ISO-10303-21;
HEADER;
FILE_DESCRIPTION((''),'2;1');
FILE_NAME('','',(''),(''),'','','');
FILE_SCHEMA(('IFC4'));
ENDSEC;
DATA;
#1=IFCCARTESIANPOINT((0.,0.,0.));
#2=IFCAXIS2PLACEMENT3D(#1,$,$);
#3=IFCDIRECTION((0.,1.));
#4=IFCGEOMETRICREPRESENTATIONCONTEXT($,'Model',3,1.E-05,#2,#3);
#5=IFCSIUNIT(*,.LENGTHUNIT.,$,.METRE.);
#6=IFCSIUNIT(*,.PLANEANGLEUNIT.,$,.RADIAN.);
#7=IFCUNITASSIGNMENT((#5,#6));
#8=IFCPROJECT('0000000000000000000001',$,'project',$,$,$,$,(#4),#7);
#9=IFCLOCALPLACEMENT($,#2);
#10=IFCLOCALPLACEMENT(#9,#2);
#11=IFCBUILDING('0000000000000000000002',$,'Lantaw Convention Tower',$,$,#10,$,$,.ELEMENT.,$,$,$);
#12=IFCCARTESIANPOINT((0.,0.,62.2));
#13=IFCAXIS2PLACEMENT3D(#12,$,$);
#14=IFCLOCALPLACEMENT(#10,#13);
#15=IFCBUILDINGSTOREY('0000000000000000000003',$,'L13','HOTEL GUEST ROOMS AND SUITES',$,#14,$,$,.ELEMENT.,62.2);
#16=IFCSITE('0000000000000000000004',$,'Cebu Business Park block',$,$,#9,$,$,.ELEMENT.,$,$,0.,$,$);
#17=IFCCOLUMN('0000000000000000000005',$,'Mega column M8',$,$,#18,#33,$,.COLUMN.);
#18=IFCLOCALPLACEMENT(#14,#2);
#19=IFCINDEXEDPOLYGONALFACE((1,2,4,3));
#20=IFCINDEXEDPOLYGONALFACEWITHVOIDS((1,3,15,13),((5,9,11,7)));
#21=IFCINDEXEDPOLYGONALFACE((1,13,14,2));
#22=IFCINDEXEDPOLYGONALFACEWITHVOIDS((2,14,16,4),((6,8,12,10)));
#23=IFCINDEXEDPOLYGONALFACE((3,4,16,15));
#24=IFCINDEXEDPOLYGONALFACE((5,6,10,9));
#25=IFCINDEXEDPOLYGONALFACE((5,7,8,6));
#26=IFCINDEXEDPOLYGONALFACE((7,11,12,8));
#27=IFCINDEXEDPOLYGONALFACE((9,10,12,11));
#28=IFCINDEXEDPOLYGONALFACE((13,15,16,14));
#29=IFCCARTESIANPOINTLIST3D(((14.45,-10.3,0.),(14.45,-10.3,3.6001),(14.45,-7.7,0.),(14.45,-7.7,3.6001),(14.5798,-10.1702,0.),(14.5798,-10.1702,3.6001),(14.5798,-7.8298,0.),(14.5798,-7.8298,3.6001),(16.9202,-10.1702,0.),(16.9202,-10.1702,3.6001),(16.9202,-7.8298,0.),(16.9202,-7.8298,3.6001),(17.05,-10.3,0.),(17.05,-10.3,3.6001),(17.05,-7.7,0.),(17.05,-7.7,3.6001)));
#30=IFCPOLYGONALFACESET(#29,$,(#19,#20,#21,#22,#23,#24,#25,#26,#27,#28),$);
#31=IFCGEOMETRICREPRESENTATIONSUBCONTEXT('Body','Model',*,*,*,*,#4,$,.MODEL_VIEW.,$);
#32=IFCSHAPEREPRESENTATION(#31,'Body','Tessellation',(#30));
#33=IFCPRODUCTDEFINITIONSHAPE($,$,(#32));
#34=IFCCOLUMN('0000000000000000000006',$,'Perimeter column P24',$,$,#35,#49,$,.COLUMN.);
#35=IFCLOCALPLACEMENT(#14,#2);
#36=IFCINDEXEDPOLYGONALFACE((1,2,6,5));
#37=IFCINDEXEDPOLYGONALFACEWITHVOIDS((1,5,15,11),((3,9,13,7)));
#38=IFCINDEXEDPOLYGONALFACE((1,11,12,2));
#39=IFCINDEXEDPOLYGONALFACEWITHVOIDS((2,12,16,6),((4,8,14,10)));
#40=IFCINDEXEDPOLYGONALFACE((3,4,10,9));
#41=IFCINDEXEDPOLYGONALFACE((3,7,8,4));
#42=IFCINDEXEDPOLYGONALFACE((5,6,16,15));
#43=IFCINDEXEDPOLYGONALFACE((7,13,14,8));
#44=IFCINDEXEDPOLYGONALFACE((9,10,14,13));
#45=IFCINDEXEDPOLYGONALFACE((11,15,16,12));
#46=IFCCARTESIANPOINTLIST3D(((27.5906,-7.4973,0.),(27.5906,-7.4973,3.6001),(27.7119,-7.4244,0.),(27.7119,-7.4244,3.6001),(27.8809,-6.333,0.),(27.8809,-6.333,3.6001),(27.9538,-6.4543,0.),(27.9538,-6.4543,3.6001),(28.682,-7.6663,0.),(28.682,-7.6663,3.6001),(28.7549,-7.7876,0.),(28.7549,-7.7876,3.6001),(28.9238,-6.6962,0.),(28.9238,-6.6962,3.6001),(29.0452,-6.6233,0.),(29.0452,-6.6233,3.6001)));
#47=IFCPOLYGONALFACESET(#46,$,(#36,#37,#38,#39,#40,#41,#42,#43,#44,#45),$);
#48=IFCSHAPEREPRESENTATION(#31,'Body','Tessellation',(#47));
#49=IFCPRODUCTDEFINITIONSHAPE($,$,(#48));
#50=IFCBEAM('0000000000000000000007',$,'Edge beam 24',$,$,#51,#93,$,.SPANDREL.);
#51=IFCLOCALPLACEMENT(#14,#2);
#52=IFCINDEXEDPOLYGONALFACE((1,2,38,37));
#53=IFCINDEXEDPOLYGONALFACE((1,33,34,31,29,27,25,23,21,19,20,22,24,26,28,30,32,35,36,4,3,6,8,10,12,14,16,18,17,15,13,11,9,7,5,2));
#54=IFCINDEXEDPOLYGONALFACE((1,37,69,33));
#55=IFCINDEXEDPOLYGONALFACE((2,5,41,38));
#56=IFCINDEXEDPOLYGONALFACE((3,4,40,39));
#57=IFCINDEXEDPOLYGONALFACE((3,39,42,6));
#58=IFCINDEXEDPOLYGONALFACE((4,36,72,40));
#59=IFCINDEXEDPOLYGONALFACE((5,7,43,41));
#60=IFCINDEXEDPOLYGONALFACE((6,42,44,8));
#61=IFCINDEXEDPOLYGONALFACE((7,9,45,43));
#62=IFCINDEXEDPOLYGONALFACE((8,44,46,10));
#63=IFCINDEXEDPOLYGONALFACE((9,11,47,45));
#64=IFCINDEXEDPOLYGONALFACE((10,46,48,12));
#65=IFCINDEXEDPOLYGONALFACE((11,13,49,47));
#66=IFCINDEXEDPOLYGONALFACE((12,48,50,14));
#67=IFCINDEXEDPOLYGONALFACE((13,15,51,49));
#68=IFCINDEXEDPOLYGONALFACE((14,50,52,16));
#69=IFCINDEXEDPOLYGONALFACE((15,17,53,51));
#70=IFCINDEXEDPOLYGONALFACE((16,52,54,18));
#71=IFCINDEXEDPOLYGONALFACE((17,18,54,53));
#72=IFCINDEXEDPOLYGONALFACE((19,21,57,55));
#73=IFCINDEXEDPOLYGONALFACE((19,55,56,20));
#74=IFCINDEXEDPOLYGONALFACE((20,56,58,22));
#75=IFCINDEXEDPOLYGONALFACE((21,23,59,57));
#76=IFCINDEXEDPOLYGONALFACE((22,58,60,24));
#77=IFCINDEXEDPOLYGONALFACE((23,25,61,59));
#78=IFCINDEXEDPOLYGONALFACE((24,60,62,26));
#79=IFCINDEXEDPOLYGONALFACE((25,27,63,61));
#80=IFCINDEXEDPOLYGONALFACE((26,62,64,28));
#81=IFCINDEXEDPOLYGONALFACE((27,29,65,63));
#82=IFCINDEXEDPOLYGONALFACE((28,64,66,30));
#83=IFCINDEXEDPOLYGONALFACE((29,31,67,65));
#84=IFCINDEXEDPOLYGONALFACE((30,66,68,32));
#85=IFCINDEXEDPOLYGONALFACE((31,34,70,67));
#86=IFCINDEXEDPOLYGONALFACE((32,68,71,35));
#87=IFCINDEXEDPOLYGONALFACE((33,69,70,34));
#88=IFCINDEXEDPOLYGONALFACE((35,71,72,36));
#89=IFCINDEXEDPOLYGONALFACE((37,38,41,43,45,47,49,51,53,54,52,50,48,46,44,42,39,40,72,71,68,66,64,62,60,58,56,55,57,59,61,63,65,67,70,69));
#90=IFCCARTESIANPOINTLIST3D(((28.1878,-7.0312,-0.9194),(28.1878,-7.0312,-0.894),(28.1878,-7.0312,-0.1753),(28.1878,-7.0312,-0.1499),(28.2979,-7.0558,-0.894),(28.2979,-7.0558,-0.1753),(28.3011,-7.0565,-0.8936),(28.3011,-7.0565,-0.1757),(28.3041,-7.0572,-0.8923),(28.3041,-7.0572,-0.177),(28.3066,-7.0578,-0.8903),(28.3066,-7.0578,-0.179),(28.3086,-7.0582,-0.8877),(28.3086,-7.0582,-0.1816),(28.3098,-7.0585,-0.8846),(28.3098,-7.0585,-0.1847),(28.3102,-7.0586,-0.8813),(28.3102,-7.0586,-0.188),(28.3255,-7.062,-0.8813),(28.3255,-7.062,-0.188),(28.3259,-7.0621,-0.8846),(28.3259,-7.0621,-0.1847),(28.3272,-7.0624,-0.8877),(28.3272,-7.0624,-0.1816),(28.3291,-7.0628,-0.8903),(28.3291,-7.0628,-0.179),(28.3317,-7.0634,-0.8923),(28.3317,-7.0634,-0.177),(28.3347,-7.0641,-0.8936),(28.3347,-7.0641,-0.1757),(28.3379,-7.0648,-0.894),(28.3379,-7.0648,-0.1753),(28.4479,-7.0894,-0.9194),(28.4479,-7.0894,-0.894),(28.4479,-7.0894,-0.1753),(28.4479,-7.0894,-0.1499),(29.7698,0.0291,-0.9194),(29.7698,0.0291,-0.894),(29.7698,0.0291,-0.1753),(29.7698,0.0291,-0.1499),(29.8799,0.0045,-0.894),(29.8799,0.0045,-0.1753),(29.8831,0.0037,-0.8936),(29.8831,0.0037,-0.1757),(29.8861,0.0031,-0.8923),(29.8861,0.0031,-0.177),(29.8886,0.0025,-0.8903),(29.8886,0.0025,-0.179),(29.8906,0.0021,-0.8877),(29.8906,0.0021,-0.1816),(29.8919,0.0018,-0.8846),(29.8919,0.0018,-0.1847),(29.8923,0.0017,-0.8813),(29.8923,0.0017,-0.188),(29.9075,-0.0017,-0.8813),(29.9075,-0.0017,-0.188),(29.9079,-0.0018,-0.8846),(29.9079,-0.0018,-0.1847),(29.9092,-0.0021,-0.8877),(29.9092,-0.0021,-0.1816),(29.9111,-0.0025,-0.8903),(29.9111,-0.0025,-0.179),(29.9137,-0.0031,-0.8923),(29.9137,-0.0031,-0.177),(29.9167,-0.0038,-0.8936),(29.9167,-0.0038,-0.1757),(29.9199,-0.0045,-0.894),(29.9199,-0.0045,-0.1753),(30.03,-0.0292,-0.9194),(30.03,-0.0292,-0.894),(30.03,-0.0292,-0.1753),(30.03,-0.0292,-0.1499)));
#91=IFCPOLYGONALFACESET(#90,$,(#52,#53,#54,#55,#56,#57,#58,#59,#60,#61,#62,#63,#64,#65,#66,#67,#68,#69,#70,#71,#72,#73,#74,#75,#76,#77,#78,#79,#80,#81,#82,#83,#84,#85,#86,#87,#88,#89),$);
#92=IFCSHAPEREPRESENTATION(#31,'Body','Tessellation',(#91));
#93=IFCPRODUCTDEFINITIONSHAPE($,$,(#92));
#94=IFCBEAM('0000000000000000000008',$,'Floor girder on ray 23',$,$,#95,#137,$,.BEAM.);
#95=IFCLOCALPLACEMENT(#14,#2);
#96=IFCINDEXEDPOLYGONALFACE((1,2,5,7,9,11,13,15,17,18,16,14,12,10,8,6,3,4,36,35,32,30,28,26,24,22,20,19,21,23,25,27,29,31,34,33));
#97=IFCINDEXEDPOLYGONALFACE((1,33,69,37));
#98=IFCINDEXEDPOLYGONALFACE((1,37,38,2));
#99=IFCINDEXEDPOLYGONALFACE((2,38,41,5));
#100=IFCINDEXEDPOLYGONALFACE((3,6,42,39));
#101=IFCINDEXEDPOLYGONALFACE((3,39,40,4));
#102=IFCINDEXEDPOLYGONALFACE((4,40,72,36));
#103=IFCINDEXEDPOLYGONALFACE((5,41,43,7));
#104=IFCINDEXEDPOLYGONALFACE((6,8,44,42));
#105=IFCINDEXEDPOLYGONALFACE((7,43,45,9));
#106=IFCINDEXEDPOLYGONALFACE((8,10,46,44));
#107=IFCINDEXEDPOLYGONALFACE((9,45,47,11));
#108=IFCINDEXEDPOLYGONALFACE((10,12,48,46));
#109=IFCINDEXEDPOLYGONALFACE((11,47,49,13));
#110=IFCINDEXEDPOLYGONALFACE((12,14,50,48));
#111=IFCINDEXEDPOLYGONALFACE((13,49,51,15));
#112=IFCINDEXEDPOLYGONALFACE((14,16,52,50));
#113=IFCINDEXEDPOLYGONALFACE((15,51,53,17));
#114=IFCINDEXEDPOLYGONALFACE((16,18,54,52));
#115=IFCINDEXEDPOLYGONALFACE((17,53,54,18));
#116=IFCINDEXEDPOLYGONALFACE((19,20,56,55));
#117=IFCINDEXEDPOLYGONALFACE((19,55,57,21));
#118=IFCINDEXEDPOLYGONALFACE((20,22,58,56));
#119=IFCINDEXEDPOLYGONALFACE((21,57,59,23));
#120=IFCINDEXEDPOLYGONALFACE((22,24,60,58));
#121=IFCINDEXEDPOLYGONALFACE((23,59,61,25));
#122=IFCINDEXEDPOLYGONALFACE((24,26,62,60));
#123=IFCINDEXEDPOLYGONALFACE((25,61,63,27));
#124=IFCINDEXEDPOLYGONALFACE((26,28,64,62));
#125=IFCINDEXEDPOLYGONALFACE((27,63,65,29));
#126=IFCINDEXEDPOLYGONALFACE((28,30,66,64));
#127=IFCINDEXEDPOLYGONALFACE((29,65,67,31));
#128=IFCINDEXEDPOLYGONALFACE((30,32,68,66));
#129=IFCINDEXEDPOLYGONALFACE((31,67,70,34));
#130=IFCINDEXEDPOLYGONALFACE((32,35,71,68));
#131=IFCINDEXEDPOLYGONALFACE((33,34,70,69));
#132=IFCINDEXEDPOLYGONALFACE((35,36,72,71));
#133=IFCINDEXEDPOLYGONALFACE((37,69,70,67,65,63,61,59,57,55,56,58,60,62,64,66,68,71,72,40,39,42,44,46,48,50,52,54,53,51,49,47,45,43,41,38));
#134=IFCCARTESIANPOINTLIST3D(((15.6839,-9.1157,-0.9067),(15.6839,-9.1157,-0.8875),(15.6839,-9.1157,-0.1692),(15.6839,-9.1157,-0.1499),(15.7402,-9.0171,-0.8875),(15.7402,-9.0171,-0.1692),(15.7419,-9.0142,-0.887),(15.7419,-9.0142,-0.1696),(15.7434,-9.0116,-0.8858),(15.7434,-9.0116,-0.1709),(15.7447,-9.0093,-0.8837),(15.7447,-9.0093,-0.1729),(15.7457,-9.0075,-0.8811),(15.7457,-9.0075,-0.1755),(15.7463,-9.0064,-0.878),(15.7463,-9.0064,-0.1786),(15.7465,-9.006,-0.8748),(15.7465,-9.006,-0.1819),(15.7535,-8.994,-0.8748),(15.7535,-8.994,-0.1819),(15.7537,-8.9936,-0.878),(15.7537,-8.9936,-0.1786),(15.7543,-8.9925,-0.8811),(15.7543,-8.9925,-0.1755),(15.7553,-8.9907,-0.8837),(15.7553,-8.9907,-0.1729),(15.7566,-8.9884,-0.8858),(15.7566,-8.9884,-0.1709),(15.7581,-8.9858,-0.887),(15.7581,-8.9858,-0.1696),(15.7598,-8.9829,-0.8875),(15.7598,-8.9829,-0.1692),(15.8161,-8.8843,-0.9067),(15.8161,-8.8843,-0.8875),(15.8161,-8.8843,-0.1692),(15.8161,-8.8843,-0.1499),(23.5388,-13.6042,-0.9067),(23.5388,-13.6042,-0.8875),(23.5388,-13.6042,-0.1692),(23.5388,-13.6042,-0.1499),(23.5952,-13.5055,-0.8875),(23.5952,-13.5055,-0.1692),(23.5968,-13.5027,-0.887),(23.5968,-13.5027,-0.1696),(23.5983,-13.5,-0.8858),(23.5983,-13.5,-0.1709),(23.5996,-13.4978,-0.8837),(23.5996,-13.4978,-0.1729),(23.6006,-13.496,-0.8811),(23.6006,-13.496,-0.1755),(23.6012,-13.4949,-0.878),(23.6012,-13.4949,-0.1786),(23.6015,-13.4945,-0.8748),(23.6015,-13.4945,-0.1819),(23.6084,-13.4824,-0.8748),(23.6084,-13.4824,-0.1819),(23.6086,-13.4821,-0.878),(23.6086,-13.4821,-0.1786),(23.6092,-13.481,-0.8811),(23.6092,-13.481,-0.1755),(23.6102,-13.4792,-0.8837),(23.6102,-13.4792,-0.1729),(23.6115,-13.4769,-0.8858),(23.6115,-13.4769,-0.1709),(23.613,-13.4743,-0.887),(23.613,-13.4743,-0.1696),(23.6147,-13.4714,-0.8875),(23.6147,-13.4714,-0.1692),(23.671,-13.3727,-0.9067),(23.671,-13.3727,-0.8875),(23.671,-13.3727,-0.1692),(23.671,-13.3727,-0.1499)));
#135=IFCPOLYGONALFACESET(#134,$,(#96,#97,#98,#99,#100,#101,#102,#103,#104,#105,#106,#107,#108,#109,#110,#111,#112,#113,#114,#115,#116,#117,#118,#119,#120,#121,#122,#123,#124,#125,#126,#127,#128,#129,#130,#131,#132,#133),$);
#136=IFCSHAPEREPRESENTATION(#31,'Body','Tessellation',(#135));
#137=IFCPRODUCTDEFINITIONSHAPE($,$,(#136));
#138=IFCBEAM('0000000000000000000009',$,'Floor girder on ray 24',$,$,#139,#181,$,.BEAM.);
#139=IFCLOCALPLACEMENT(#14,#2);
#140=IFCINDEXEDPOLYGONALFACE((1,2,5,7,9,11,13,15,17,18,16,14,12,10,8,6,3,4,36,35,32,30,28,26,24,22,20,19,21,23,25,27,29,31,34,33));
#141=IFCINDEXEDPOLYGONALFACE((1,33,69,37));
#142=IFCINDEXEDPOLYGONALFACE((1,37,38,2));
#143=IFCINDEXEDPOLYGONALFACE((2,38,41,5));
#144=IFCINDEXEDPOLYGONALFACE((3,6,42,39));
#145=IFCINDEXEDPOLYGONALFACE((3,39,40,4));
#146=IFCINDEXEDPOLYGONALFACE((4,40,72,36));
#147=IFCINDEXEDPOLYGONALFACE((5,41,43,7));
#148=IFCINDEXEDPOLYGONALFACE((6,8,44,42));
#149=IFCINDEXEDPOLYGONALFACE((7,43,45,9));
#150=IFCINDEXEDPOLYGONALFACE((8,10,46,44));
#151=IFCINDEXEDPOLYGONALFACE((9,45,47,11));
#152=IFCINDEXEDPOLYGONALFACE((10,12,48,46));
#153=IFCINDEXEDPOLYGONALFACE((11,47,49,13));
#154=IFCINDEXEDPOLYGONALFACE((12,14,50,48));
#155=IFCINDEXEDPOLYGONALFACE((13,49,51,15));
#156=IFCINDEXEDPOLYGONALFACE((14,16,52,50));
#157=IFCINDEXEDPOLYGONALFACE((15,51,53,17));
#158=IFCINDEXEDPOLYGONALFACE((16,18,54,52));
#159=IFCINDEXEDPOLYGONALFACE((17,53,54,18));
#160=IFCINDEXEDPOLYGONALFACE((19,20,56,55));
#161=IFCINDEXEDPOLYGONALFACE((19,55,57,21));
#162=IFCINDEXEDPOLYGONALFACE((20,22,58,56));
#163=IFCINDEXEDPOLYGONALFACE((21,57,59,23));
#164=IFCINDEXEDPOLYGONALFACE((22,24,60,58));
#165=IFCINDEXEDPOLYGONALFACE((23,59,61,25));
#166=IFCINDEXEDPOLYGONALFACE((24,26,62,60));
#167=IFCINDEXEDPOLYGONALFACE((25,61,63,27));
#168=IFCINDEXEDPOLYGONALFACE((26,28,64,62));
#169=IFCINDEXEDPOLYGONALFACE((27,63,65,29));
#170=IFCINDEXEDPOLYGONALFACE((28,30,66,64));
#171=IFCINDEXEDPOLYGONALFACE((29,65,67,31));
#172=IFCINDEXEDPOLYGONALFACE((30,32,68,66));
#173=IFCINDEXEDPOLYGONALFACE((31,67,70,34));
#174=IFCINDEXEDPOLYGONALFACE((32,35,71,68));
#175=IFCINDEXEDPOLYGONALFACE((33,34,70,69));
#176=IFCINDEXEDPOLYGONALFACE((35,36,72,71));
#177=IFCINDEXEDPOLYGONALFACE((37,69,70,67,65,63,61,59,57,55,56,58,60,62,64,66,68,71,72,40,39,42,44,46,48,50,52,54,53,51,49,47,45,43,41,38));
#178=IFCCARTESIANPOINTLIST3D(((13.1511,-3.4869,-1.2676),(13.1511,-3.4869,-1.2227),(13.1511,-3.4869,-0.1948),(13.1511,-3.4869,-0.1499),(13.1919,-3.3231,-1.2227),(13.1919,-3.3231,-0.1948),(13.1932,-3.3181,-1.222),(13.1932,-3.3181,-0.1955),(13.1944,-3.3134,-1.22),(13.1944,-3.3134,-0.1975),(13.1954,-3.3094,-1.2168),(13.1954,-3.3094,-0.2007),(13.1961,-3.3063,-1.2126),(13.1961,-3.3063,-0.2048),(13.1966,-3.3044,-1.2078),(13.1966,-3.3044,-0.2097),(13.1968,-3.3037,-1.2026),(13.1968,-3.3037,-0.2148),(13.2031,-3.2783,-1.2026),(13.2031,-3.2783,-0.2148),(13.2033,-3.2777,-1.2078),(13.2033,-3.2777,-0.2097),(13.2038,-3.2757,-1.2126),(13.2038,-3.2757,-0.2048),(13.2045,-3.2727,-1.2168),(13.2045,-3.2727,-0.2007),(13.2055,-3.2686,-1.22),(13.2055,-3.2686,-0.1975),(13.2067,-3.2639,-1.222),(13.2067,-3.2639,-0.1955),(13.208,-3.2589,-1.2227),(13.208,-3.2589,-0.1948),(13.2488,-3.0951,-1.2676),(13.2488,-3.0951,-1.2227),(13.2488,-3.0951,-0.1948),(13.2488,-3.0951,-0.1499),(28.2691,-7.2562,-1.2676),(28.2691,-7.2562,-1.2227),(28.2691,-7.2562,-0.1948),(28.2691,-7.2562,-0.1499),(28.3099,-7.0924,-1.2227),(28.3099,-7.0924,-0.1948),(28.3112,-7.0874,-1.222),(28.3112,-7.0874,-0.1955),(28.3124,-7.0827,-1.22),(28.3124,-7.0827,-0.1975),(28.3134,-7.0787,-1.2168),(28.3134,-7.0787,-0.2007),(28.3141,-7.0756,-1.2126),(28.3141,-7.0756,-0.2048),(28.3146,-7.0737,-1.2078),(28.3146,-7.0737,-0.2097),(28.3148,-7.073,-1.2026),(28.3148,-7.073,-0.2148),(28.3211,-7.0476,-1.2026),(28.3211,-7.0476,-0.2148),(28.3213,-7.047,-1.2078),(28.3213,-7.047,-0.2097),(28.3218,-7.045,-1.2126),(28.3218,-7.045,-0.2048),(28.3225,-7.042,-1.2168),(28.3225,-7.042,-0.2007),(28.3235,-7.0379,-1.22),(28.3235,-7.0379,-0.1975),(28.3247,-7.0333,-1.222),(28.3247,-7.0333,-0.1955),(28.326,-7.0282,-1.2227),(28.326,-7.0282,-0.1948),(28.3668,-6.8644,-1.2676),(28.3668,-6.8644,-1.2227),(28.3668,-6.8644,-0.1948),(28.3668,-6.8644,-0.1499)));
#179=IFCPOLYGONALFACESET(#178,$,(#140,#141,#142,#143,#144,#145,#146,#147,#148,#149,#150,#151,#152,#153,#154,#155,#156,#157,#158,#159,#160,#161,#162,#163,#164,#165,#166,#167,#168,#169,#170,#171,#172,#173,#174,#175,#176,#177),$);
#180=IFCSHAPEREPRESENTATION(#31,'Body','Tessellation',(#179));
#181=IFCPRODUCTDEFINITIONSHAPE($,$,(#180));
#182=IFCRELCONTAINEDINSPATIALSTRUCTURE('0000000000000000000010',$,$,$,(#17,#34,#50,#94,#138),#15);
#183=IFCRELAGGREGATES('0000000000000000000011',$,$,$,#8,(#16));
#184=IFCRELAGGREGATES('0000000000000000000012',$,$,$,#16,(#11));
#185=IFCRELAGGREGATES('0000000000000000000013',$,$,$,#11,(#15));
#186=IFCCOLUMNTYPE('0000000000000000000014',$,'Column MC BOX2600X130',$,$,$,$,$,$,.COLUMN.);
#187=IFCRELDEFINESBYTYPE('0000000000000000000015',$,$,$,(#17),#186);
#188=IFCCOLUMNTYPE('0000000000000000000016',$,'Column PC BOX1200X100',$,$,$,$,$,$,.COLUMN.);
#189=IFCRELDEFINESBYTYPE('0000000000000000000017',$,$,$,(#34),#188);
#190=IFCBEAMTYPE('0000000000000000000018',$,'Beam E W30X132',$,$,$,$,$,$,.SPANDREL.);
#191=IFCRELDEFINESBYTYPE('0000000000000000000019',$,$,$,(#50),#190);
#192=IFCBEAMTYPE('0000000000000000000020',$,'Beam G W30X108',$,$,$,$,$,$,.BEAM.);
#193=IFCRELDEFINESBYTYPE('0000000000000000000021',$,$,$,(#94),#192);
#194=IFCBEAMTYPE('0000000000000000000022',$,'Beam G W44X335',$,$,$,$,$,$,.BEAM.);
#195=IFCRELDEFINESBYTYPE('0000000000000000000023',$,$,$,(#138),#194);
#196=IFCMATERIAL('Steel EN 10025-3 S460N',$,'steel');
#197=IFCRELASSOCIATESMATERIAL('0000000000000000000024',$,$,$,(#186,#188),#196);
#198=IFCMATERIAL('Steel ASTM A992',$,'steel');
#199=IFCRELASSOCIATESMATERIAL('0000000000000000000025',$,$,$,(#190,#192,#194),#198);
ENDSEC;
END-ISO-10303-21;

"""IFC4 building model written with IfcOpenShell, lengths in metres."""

from ifc_helpers import new_model, si_unit, direction, frame, origin, origin_2d, place, context, subcontext, project, spatial, rectangle, hollow_rectangle, i_section, extrude, material, material_profile, profile_set, type_object, element, save


model = new_model("IFC4")

# Units and contexts
model_context = context("Model", 3, precision=1e-05, world=origin(), true_north=direction((0.0, 1.0)))
body_context = subcontext(model_context, "Body", "Model", "MODEL_VIEW")
ifc_project = project(units=[si_unit("LENGTHUNIT", "METRE"), si_unit("PLANEANGLEUNIT", "RADIAN")], contexts=[model_context])

# Site, building, storey
site_placement = place(None, origin())
site = spatial("IfcSite", under=ifc_project, at=site_placement, Name="Cebu Business Park block", CompositionType="ELEMENT", RefElevation=0.0)
building_placement = place(site_placement, origin())
building = spatial("IfcBuilding", under=site, at=building_placement, Name="Lantaw Convention Tower", CompositionType="ELEMENT")
storey_placement = place(building_placement, frame((0.0, 0.0, 62.2)))
storey = spatial("IfcBuildingStorey", under=building, at=storey_placement, Name="L13", Description="HOTEL GUEST ROOMS AND SUITES", CompositionType="ELEMENT", Elevation=62.2)

# Columns
ifc_material_1 = material(Name="Steel EN 10025-3 S460N", Category="steel")
ifc_material_profile_1 = material_profile(ifc_material_1, hollow_rectangle(XDim=2.6001, YDim=2.6001, WallThickness=0.1299, at=origin_2d()), Name="BOX2600X130")
ifc_material_2 = material(Name="Concrete C60/75", Category="concrete")
ifc_material_profile_2 = material_profile(ifc_material_2, rectangle(XDim=2.3401, YDim=2.3401, at=origin_2d()), Name="Concrete fill of BOX2600X130")
ifc_profile_set_1 = profile_set([ifc_material_profile_1, ifc_material_profile_2], Name="Steel EN 10025-3 S460N")
column_type_1 = type_object("IfcColumnType", Name="Column MC BOX2600X130", PredefinedType="COLUMN", material=ifc_profile_set_1)
column_1_placement = place(storey_placement, frame((15.75, -9.0, 0.0), z_axis=(0.0, 0.0, 1.0), x_axis=(1.0, 0.0, 0.0)))
element("IfcColumn", 1, at=column_1_placement, inside=storey, type_object=column_type_1, Name="Mega column M8", PredefinedType="COLUMN", context=body_context, shape_type="SweptSolid", body=[
    extrude(hollow_rectangle(XDim=2.6001, YDim=2.6001, WallThickness=0.1299, at=origin_2d()), origin(), (0.0, 0.0, 1.0), 3.6001),
])
ifc_material_profile_3 = material_profile(ifc_material_1, hollow_rectangle(XDim=1.2, YDim=1.2, WallThickness=0.1001, at=origin_2d()), Name="BOX1200X100")
ifc_material_profile_4 = material_profile(ifc_material_2, rectangle(XDim=1.0, YDim=1.0, at=origin_2d()), Name="Concrete fill of BOX1200X100")
ifc_profile_set_2 = profile_set([ifc_material_profile_3, ifc_material_profile_4], Name="Steel EN 10025-3 S460N")
column_type_2 = type_object("IfcColumnType", Name="Column PC BOX1200X100", PredefinedType="COLUMN", material=ifc_profile_set_2)
column_2_placement = place(storey_placement, frame((28.3179, -7.0603, 0.0), z_axis=(0.0, 0.0, 1.0), x_axis=(0.241922, 0.970296, 0.0)))
element("IfcColumn", 2, at=column_2_placement, inside=storey, type_object=column_type_2, Name="Perimeter column P24", PredefinedType="COLUMN", context=body_context, shape_type="SweptSolid", body=[
    extrude(hollow_rectangle(XDim=1.2, YDim=1.2, WallThickness=0.1001, at=origin_2d()), origin(), (0.0, 0.0, 1.0), 3.6001),
])

# Beams
ifc_material_3 = material(Name="Steel ASTM A992", Category="steel")
ifc_material_profile_5 = material_profile(ifc_material_3, i_section(OverallWidth=0.2666, OverallDepth=0.7695, WebThickness=0.0156, FlangeThickness=0.0254, FilletRadius=0.0127, at=origin_2d()), Name="W30X132")
ifc_profile_set_3 = profile_set([ifc_material_profile_5], Name="Steel ASTM A992")
beam_type_1 = type_object("IfcBeamType", Name="Beam E W30X132", PredefinedType="SPANDREL", material=ifc_profile_set_3)
beam_1_placement = place(storey_placement, frame((28.3179, -7.0603, -0.5347), z_axis=(0.218652, 0.975803, 0.0), x_axis=(-0.975803, 0.218652, 0.0)))
element("IfcBeam", 3, at=beam_1_placement, inside=storey, type_object=beam_type_1, Name="Edge beam 24", PredefinedType="SPANDREL", context=body_context, shape_type="SweptSolid", body=[
    extrude(i_section(OverallWidth=0.2666, OverallDepth=0.7695, WebThickness=0.0156, FlangeThickness=0.0254, FilletRadius=0.0127, at=origin_2d()), origin(), (0.0, 0.0, 1.0), 7.2354),
])
ifc_material_profile_6 = material_profile(ifc_material_3, i_section(OverallWidth=0.2666, OverallDepth=0.7568, WebThickness=0.0139, FlangeThickness=0.0193, FilletRadius=0.0127, at=origin_2d()), Name="W30X108")
ifc_profile_set_4 = profile_set([ifc_material_profile_6], Name="Steel ASTM A992")
beam_type_2 = type_object("IfcBeamType", Name="Beam G W30X108", PredefinedType="BEAM", material=ifc_profile_set_4)
beam_2_placement = place(storey_placement, frame((15.75, -9.0, -0.5283), z_axis=(0.868245, -0.496136, 0.0), x_axis=(0.496136, 0.868245, 0.0)))
element("IfcBeam", 4, at=beam_2_placement, inside=storey, type_object=beam_type_2, Name="Floor girder on ray 23", PredefinedType="BEAM", context=body_context, shape_type="SweptSolid", body=[
    extrude(i_section(OverallWidth=0.2666, OverallDepth=0.7568, WebThickness=0.0139, FlangeThickness=0.0193, FilletRadius=0.0127, at=origin_2d()), origin(), (0.0, 0.0, 1.0), 9.0469),
])
ifc_material_profile_7 = material_profile(ifc_material_3, i_section(OverallWidth=0.4038, OverallDepth=1.1177, WebThickness=0.0261, FlangeThickness=0.0449, FilletRadius=0.02, at=origin_2d()), Name="W44X335")
ifc_profile_set_5 = profile_set([ifc_material_profile_7], Name="Steel ASTM A992")
beam_type_3 = type_object("IfcBeamType", Name="Beam G W44X335", PredefinedType="BEAM", material=ifc_profile_set_5)
beam_3_placement = place(storey_placement, frame((13.2, -3.291, -0.7087), z_axis=(0.970296, -0.24192, 0.0), x_axis=(0.24192, 0.970296, 0.0)))
element("IfcBeam", 5, at=beam_3_placement, inside=storey, type_object=beam_type_3, Name="Floor girder on ray 24", PredefinedType="BEAM", context=body_context, shape_type="SweptSolid", body=[
    extrude(i_section(OverallWidth=0.4038, OverallDepth=1.1177, WebThickness=0.0261, FlangeThickness=0.0449, FilletRadius=0.02, at=origin_2d()), origin(), (0.0, 0.0, 1.0), 15.5808),
])

save(model, "model.ifc")
